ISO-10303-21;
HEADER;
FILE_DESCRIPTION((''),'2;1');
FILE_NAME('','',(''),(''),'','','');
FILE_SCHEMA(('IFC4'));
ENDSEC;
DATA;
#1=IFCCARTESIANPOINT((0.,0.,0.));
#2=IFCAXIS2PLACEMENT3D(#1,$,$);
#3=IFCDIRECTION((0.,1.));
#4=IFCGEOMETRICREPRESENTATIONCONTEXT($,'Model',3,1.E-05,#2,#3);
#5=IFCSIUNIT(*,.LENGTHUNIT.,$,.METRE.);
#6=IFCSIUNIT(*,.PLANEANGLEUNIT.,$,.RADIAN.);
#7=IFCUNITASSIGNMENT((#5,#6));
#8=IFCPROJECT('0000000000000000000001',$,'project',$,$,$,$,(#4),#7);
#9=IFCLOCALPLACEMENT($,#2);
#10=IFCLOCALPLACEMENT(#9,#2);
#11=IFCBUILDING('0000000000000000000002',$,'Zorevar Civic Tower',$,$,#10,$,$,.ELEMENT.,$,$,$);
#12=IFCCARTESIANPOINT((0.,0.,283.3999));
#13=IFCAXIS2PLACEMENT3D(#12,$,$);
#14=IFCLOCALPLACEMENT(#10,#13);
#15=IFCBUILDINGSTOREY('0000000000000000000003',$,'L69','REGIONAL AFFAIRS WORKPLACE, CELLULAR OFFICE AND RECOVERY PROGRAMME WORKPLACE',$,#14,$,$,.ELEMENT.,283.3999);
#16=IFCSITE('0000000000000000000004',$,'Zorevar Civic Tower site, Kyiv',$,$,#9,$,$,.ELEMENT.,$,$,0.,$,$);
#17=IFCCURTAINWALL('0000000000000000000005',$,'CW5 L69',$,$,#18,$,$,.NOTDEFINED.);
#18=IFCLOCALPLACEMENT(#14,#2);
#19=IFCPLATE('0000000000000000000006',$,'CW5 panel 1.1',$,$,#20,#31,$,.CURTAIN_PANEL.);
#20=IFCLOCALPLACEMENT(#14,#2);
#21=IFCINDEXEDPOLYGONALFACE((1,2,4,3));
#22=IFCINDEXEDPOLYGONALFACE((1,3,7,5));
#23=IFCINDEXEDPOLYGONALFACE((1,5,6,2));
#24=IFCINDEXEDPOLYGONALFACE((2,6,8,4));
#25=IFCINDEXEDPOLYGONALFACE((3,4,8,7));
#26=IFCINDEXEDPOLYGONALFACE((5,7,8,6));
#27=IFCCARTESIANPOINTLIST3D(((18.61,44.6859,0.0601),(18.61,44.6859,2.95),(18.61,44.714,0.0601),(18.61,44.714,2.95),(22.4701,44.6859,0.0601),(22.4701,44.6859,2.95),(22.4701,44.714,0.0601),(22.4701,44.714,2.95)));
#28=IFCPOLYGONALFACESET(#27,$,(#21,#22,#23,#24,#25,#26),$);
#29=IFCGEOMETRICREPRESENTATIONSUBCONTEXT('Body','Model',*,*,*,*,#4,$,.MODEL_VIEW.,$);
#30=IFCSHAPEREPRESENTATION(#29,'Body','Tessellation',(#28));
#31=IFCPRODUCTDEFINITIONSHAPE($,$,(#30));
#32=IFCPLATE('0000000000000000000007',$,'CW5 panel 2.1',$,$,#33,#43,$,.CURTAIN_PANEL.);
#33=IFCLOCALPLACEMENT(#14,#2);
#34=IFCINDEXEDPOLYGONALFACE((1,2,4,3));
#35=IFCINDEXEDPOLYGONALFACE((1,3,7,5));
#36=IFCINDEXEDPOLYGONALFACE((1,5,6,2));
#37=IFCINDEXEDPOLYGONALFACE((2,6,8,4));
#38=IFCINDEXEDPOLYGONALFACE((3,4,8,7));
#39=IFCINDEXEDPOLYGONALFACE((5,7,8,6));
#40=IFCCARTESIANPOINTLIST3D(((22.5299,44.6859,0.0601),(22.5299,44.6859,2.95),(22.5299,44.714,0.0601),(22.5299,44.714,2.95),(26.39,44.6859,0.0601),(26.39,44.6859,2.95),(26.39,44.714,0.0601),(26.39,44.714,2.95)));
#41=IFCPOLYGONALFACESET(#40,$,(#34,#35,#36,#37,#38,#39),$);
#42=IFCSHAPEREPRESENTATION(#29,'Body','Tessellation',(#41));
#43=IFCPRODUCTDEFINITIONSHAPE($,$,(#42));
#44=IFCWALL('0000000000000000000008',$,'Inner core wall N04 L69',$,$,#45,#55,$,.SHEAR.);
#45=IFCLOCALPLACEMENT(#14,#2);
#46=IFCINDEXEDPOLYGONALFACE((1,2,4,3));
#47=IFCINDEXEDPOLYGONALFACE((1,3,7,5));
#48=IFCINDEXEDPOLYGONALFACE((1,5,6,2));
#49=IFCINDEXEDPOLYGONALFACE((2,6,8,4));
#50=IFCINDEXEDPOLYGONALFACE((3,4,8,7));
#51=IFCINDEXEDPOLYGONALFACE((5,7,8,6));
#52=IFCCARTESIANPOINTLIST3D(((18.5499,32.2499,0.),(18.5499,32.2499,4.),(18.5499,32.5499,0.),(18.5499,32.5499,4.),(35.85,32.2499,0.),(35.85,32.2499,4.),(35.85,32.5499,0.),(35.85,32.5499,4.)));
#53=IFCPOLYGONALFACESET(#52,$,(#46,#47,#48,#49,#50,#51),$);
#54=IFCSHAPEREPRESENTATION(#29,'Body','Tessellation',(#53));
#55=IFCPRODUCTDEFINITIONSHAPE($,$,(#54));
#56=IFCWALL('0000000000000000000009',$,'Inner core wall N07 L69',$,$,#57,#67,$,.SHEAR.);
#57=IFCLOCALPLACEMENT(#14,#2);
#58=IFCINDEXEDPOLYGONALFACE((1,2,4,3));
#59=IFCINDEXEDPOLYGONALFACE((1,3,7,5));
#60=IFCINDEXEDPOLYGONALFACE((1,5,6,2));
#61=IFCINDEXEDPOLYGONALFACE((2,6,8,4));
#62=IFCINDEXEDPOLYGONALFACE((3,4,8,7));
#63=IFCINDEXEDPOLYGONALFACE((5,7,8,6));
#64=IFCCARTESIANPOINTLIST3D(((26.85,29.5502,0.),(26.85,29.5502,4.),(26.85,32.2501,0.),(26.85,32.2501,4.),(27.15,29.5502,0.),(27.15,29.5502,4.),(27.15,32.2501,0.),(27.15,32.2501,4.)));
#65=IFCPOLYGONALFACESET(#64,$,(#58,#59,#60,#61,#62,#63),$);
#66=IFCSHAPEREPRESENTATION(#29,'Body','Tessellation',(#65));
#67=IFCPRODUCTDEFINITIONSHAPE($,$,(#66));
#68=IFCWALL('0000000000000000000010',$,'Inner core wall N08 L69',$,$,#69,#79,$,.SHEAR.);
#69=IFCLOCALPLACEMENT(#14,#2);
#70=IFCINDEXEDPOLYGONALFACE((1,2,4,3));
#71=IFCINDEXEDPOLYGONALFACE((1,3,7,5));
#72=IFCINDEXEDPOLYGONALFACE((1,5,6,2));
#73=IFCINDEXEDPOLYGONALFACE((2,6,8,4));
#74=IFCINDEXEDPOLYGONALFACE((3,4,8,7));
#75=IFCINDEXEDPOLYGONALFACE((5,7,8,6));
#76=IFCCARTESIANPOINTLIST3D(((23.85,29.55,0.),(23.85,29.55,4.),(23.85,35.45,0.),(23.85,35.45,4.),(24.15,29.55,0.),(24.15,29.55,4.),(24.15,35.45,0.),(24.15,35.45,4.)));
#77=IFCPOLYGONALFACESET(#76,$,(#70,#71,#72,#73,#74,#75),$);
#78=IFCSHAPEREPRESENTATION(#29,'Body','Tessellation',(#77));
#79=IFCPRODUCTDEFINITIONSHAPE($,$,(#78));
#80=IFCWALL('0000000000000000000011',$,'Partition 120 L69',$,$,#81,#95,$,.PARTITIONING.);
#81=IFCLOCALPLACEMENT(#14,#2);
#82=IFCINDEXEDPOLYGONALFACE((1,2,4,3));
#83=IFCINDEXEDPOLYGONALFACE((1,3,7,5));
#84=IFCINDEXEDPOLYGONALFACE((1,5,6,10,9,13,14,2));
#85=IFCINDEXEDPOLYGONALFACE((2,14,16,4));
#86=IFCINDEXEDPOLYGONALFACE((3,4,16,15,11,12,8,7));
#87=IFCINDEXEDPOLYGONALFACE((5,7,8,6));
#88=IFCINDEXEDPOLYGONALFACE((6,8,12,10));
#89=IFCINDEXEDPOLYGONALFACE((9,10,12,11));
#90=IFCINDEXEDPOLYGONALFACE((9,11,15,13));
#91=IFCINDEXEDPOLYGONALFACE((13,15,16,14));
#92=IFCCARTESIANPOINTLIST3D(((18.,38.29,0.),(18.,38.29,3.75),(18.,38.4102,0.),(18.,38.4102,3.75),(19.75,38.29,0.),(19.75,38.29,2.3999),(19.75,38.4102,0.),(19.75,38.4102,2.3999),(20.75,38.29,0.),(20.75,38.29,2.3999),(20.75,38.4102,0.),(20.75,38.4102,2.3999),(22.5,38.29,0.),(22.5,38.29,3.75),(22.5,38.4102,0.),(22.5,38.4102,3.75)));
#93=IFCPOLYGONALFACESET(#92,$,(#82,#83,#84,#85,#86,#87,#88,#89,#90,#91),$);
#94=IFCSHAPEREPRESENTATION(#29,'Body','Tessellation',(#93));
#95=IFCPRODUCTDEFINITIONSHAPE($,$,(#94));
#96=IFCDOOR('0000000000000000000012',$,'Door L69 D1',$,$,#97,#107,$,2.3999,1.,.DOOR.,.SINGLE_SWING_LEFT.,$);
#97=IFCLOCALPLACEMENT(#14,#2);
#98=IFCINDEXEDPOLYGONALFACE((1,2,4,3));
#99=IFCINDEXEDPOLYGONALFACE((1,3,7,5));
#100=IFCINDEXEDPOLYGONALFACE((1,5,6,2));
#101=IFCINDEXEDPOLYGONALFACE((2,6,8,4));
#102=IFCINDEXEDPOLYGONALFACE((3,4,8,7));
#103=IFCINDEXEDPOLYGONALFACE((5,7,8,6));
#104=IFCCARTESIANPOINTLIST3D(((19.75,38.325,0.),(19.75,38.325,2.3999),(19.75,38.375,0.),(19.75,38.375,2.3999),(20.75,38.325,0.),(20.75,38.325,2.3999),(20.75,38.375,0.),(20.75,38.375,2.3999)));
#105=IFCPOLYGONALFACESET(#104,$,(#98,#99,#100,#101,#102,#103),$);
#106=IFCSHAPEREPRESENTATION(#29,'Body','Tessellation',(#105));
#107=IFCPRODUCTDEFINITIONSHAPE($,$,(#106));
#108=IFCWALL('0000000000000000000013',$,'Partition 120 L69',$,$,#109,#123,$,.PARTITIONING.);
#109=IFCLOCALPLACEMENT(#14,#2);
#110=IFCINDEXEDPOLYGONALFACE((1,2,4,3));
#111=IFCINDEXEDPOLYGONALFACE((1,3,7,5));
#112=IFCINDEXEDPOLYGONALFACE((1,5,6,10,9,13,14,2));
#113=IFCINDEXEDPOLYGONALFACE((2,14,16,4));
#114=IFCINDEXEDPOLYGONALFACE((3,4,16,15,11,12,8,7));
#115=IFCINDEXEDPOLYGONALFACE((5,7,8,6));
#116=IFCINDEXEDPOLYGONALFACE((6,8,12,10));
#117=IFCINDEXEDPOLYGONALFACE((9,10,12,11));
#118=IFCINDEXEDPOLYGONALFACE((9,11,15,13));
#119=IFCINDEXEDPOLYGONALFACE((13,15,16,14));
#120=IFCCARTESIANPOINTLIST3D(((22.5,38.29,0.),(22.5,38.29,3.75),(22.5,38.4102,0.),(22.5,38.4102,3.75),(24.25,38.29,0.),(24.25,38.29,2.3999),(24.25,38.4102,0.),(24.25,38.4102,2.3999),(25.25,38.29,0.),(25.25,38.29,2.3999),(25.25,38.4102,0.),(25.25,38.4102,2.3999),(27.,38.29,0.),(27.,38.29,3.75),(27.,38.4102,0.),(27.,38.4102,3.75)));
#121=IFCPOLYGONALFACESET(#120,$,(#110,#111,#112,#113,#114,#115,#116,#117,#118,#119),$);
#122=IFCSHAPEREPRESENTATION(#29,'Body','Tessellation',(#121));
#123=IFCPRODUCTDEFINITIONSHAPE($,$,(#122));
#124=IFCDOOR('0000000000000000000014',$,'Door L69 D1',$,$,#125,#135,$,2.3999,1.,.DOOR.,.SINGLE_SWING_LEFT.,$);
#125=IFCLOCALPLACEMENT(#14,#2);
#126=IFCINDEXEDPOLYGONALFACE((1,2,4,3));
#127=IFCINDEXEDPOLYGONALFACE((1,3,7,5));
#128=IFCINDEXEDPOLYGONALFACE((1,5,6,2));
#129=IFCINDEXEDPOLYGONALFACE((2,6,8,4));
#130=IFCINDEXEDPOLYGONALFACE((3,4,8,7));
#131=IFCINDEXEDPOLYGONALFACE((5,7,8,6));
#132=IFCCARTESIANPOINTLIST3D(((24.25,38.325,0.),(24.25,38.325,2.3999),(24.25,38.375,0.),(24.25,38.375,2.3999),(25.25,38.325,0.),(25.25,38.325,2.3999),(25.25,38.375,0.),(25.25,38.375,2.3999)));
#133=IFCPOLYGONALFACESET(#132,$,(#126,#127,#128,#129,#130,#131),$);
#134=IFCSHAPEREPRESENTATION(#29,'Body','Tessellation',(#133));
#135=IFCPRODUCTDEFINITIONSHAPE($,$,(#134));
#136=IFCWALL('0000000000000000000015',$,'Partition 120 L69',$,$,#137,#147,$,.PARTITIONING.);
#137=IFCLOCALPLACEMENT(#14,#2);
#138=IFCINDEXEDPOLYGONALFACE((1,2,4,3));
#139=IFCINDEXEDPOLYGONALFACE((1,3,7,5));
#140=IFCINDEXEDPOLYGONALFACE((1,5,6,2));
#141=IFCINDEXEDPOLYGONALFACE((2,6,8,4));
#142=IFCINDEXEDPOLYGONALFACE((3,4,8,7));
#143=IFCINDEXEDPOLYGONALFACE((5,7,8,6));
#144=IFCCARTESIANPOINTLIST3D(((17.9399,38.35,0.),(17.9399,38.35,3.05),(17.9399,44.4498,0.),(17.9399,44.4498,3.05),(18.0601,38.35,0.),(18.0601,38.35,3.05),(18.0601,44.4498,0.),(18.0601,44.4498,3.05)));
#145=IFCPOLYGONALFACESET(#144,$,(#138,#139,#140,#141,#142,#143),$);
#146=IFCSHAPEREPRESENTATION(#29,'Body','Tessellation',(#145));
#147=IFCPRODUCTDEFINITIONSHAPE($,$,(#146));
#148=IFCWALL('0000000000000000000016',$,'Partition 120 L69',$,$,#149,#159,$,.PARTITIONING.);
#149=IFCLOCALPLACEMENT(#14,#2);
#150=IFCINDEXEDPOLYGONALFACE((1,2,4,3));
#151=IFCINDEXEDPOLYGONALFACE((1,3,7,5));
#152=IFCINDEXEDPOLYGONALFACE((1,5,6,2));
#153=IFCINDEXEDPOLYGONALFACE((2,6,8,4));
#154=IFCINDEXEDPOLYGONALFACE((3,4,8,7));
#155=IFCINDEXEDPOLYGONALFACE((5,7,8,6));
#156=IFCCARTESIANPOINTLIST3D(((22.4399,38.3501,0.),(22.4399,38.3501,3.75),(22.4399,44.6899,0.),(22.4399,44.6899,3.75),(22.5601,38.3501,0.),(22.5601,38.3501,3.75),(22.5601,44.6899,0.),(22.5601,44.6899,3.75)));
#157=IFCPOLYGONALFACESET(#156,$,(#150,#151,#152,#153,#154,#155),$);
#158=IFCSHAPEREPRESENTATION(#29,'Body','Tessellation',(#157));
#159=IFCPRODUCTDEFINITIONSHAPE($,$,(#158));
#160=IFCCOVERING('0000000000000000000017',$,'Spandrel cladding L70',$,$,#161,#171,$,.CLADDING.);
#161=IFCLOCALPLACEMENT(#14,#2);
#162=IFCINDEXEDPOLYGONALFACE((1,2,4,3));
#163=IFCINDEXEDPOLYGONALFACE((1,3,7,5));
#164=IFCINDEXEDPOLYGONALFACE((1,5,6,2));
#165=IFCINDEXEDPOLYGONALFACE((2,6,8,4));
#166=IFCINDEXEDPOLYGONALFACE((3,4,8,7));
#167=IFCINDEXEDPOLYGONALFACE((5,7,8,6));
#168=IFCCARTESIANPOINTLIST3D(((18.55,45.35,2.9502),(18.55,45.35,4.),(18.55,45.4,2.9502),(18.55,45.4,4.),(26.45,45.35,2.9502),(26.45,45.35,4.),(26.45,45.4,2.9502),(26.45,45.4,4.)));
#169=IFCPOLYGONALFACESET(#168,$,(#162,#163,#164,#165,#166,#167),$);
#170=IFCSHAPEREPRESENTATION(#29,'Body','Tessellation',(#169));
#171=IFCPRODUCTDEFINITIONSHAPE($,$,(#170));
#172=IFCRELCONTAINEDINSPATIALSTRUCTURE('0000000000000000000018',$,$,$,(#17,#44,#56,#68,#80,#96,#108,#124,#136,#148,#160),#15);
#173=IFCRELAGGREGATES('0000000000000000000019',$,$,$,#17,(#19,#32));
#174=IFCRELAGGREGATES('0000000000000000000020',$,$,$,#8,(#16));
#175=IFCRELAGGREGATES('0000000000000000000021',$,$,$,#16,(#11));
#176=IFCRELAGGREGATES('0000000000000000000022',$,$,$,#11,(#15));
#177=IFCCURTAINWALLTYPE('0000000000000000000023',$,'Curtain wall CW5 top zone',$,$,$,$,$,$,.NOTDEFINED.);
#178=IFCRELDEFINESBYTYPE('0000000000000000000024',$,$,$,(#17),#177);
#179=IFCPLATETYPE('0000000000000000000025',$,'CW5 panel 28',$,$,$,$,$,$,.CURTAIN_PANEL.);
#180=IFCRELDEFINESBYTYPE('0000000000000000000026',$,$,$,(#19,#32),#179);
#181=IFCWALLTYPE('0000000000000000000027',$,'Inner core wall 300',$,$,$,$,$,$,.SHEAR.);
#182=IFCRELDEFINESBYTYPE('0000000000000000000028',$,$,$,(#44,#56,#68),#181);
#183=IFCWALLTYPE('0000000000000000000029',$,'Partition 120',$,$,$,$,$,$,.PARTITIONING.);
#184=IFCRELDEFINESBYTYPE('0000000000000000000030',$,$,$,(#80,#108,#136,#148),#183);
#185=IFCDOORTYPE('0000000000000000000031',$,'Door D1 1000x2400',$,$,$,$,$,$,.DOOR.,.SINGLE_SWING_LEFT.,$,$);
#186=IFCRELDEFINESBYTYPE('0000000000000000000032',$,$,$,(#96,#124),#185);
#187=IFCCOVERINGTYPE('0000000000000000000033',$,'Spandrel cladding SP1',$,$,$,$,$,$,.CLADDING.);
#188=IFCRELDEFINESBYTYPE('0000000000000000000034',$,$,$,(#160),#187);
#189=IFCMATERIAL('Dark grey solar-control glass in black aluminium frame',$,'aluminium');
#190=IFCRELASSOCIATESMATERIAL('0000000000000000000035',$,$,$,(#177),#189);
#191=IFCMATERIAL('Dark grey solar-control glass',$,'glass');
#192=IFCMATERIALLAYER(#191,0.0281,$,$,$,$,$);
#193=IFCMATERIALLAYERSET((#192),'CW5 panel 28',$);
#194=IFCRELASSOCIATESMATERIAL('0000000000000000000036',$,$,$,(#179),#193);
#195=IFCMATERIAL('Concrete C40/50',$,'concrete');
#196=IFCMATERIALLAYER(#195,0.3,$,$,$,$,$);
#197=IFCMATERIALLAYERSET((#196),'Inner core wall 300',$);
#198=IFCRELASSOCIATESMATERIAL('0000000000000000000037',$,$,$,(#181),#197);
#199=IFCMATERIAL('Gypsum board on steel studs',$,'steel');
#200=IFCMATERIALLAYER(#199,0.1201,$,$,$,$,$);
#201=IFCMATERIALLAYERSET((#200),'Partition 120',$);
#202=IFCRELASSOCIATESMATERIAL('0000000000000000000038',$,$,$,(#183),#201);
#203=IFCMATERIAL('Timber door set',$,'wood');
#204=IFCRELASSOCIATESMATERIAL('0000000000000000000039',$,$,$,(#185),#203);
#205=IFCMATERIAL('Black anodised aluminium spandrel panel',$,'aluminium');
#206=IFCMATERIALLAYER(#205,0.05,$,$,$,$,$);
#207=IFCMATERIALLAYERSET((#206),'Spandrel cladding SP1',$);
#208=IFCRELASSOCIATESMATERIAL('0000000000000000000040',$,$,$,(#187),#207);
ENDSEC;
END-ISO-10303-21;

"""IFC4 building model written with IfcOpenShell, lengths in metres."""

from ifc_helpers import new_model, si_unit, direction, frame, frame_2d, origin, origin_2d, place, context, subcontext, project, spatial, rectangle, extrude, material, layer, layer_set, type_object, element, fill, aggregate, save


model = new_model("IFC4")

# Units and contexts
model_context = context("Model", 3, precision=1e-05, world=origin(), true_north=direction((0.0, 1.0)))
body_context = subcontext(model_context, "Body", "Model", "MODEL_VIEW")
ifc_project = project(units=[si_unit("LENGTHUNIT", "METRE"), si_unit("PLANEANGLEUNIT", "RADIAN")], contexts=[model_context])

# Site, building, storey
site_placement = place(None, origin())
site = spatial("IfcSite", under=ifc_project, at=site_placement, Name="Zorevar Civic Tower site, Kyiv", CompositionType="ELEMENT", RefElevation=0.0)
building_placement = place(site_placement, origin())
building = spatial("IfcBuilding", under=site, at=building_placement, Name="Zorevar Civic Tower", CompositionType="ELEMENT")
storey_placement = place(building_placement, frame((0.0, 0.0, 283.3999)))
storey = spatial("IfcBuildingStorey", under=building, at=storey_placement, Name="L69", Description="REGIONAL AFFAIRS WORKPLACE, CELLULAR OFFICE AND RECOVERY PROGRAMME WORKPLACE", CompositionType="ELEMENT", Elevation=283.3999)

# Curtain wall
ifc_material_1 = material(Name="Dark grey solar-control glass in black aluminium frame", Category="aluminium")
curtain_wall_type = type_object("IfcCurtainWallType", Name="Curtain wall CW5 top zone", PredefinedType="NOTDEFINED", material=ifc_material_1)
curtain_wall_placement = place(storey_placement, origin())
curtain_wall = element("IfcCurtainWall", 1, at=curtain_wall_placement, inside=storey, type_object=curtain_wall_type, Name="CW5 L69", PredefinedType="NOTDEFINED")

# Plates
ifc_material_2 = material(Name="Dark grey solar-control glass", Category="glass")
ifc_layer_1 = layer(ifc_material_2, 0.0281)
ifc_layer_set_1 = layer_set([ifc_layer_1], Name="CW5 panel 28")
plate_type = type_object("IfcPlateType", Name="CW5 panel 28", PredefinedType="CURTAIN_PANEL", material=ifc_layer_set_1)
plate_1_placement = place(storey_placement, frame((20.54, 44.7, 0.0601), z_axis=(0.0, 0.0, 1.0), x_axis=(1.0, 0.0, 0.0)))
plate_1 = element("IfcPlate", 2, at=plate_1_placement, type_object=plate_type, Name="CW5 panel 1.1", PredefinedType="CURTAIN_PANEL", context=body_context, shape_type="SweptSolid", body=[
    extrude(rectangle(XDim=3.8601, YDim=0.0281, at=origin_2d()), origin(), (0.0, 0.0, 1.0), 2.8899),
])
plate_2_placement = place(storey_placement, frame((24.46, 44.7, 0.0601), z_axis=(0.0, 0.0, 1.0), x_axis=(1.0, 0.0, 0.0)))
plate_2 = element("IfcPlate", 3, at=plate_2_placement, type_object=plate_type, Name="CW5 panel 2.1", PredefinedType="CURTAIN_PANEL", context=body_context, shape_type="SweptSolid", body=[
    extrude(rectangle(XDim=3.8601, YDim=0.0281, at=origin_2d()), origin(), (0.0, 0.0, 1.0), 2.8899),
])
aggregate(curtain_wall, [plate_1, plate_2])

# Walls
ifc_material_3 = material(Name="Concrete C40/50", Category="concrete")
ifc_layer_2 = layer(ifc_material_3, 0.3)
ifc_layer_set_2 = layer_set([ifc_layer_2], Name="Inner core wall 300")
wall_type_1 = type_object("IfcWallType", Name="Inner core wall 300", PredefinedType="SHEAR", material=ifc_layer_set_2)
wall_1_placement = place(storey_placement, frame((18.55, 32.3999, 0.0), z_axis=(0.0, 0.0, 1.0), x_axis=(1.0, 0.0, 0.0)))
element("IfcWall", 4, at=wall_1_placement, inside=storey, type_object=wall_type_1, Name="Inner core wall N04 L69", PredefinedType="SHEAR", context=body_context, shape_type="SweptSolid", body=[
    extrude(rectangle(XDim=17.3, YDim=0.3, at=frame_2d((8.6499, 0.0))), origin(), (0.0, 0.0, 1.0), 4.0),
])
wall_2_placement = place(storey_placement, frame((27.0, 29.55, 0.0), z_axis=(0.0, 0.0, 1.0), x_axis=(0.0, 1.0, 0.0)))
element("IfcWall", 5, at=wall_2_placement, inside=storey, type_object=wall_type_1, Name="Inner core wall N07 L69", PredefinedType="SHEAR", context=body_context, shape_type="SweptSolid", body=[
    extrude(rectangle(XDim=2.7, YDim=0.3, at=frame_2d((1.3501, 0.0))), origin(), (0.0, 0.0, 1.0), 4.0),
])
wall_3_placement = place(storey_placement, frame((24.0, 29.55, 0.0), z_axis=(0.0, 0.0, 1.0), x_axis=(0.0, 1.0, 0.0)))
element("IfcWall", 6, at=wall_3_placement, inside=storey, type_object=wall_type_1, Name="Inner core wall N08 L69", PredefinedType="SHEAR", context=body_context, shape_type="SweptSolid", body=[
    extrude(rectangle(XDim=5.8999, YDim=0.3, at=frame_2d((2.95, 0.0))), origin(), (0.0, 0.0, 1.0), 4.0),
])

# Walls, openings, doors
ifc_material_4 = material(Name="Gypsum board on steel studs", Category="steel")
ifc_layer_3 = layer(ifc_material_4, 0.1201)
ifc_layer_set_3 = layer_set([ifc_layer_3], Name="Partition 120")
wall_type_2 = type_object("IfcWallType", Name="Partition 120", PredefinedType="PARTITIONING", material=ifc_layer_set_3)
wall_4_placement = place(storey_placement, frame((18.0, 38.3501, 0.0), z_axis=(0.0, 0.0, 1.0), x_axis=(1.0, 0.0, 0.0)))
wall_4 = element("IfcWall", 7, at=wall_4_placement, inside=storey, type_object=wall_type_2, Name="Partition 120 L69", PredefinedType="PARTITIONING", context=body_context, shape_type="SweptSolid", body=[
    extrude(rectangle(XDim=4.5, YDim=0.1201, at=frame_2d((2.25, 0.0))), origin(), (0.0, 0.0, 1.0), 3.75),
])
opening_1_placement = place(wall_4_placement, frame((1.75, 0.0, 0.0)))
opening_1 = element("IfcOpeningElement", 8, at=opening_1_placement, cuts=wall_4, PredefinedType="OPENING", context=body_context, shape_type="SweptSolid", body=[
    extrude(rectangle(XDim=1.0, YDim=2.3999, at=frame_2d((0.5, 1.2))), frame((0.0, 0.0701, 0.0), z_axis=(0.0, -1.0, 0.0), x_axis=(1.0, 0.0, 0.0)), (0.0, 0.0, 1.0), 0.1401),
])
ifc_material_5 = material(Name="Timber door set", Category="wood")
door_type_1 = type_object("IfcDoorType", Name="Door D1 1000x2400", OperationType="SINGLE_SWING_LEFT", PredefinedType="DOOR", material=ifc_material_5)
door_1_placement = place(opening_1_placement, origin())
door_1 = element("IfcDoor", 9, at=door_1_placement, inside=storey, type_object=door_type_1, Name="Door L69 D1", OperationType="SINGLE_SWING_LEFT", OverallHeight=2.3999, OverallWidth=1.0, PredefinedType="DOOR", context=body_context, shape_type="SweptSolid", body=[
    extrude(rectangle(XDim=1.0, YDim=2.3999, at=frame_2d((0.5, 1.2))), frame((0.0, 0.0249, 0.0), z_axis=(0.0, -1.0, 0.0), x_axis=(1.0, 0.0, 0.0)), (0.0, 0.0, 1.0), 0.05),
])
fill(opening_1, door_1)
wall_5_placement = place(storey_placement, frame((22.5, 38.3501, 0.0), z_axis=(0.0, 0.0, 1.0), x_axis=(1.0, 0.0, 0.0)))
wall_5 = element("IfcWall", 10, at=wall_5_placement, inside=storey, type_object=wall_type_2, Name="Partition 120 L69", PredefinedType="PARTITIONING", context=body_context, shape_type="SweptSolid", body=[
    extrude(rectangle(XDim=4.5, YDim=0.1201, at=frame_2d((2.25, 0.0))), origin(), (0.0, 0.0, 1.0), 3.75),
])
opening_2_placement = place(wall_5_placement, frame((1.75, 0.0, 0.0)))
opening_2 = element("IfcOpeningElement", 11, at=opening_2_placement, cuts=wall_5, PredefinedType="OPENING", context=body_context, shape_type="SweptSolid", body=[
    extrude(rectangle(XDim=1.0, YDim=2.3999, at=frame_2d((0.5, 1.2))), frame((0.0, 0.0701, 0.0), z_axis=(0.0, -1.0, 0.0), x_axis=(1.0, 0.0, 0.0)), (0.0, 0.0, 1.0), 0.1401),
])
door_2_placement = place(opening_2_placement, origin())
door_2 = element("IfcDoor", 12, at=door_2_placement, inside=storey, type_object=door_type_1, Name="Door L69 D1", OperationType="SINGLE_SWING_LEFT", OverallHeight=2.3999, OverallWidth=1.0, PredefinedType="DOOR", context=body_context, shape_type="SweptSolid", body=[
    extrude(rectangle(XDim=1.0, YDim=2.3999, at=frame_2d((0.5, 1.2))), frame((0.0, 0.0249, 0.0), z_axis=(0.0, -1.0, 0.0), x_axis=(1.0, 0.0, 0.0)), (0.0, 0.0, 1.0), 0.05),
])
fill(opening_2, door_2)

# Walls
wall_6_placement = place(storey_placement, frame((18.0, 38.3501, 0.0), z_axis=(0.0, 0.0, 1.0), x_axis=(0.0, 1.0, 0.0)))
element("IfcWall", 13, at=wall_6_placement, inside=storey, type_object=wall_type_2, Name="Partition 120 L69", PredefinedType="PARTITIONING", context=body_context, shape_type="SweptSolid", body=[
    extrude(rectangle(XDim=6.0999, YDim=0.1201, at=frame_2d((3.0498, 0.0))), origin(), (0.0, 0.0, 1.0), 3.05),
])
wall_7_placement = place(storey_placement, frame((22.5, 38.3501, 0.0), z_axis=(0.0, 0.0, 1.0), x_axis=(0.0, 1.0, 0.0)))
element("IfcWall", 14, at=wall_7_placement, inside=storey, type_object=wall_type_2, Name="Partition 120 L69", PredefinedType="PARTITIONING", context=body_context, shape_type="SweptSolid", body=[
    extrude(rectangle(XDim=6.3398, YDim=0.1201, at=frame_2d((3.1699, 0.0))), origin(), (0.0, 0.0, 1.0), 3.75),
])

# Covering
ifc_material_6 = material(Name="Black anodised aluminium spandrel panel", Category="aluminium")
ifc_layer_4 = layer(ifc_material_6, 0.05)
ifc_layer_set_4 = layer_set([ifc_layer_4], Name="Spandrel cladding SP1")
covering_type = type_object("IfcCoveringType", Name="Spandrel cladding SP1", PredefinedType="CLADDING", material=ifc_layer_set_4)
covering_placement = place(storey_placement, frame((18.55, 45.375, 2.9502), z_axis=(0.0, 0.0, 1.0), x_axis=(1.0, 0.0, 0.0)))
element("IfcCovering", 15, at=covering_placement, inside=storey, type_object=covering_type, Name="Spandrel cladding L70", PredefinedType="CLADDING", context=body_context, shape_type="SweptSolid", body=[
    extrude(rectangle(XDim=7.8999, YDim=0.05, at=frame_2d((3.95, 0.0))), origin(), (0.0, 0.0, 1.0), 1.0498),
])

save(model, "model.ifc")
